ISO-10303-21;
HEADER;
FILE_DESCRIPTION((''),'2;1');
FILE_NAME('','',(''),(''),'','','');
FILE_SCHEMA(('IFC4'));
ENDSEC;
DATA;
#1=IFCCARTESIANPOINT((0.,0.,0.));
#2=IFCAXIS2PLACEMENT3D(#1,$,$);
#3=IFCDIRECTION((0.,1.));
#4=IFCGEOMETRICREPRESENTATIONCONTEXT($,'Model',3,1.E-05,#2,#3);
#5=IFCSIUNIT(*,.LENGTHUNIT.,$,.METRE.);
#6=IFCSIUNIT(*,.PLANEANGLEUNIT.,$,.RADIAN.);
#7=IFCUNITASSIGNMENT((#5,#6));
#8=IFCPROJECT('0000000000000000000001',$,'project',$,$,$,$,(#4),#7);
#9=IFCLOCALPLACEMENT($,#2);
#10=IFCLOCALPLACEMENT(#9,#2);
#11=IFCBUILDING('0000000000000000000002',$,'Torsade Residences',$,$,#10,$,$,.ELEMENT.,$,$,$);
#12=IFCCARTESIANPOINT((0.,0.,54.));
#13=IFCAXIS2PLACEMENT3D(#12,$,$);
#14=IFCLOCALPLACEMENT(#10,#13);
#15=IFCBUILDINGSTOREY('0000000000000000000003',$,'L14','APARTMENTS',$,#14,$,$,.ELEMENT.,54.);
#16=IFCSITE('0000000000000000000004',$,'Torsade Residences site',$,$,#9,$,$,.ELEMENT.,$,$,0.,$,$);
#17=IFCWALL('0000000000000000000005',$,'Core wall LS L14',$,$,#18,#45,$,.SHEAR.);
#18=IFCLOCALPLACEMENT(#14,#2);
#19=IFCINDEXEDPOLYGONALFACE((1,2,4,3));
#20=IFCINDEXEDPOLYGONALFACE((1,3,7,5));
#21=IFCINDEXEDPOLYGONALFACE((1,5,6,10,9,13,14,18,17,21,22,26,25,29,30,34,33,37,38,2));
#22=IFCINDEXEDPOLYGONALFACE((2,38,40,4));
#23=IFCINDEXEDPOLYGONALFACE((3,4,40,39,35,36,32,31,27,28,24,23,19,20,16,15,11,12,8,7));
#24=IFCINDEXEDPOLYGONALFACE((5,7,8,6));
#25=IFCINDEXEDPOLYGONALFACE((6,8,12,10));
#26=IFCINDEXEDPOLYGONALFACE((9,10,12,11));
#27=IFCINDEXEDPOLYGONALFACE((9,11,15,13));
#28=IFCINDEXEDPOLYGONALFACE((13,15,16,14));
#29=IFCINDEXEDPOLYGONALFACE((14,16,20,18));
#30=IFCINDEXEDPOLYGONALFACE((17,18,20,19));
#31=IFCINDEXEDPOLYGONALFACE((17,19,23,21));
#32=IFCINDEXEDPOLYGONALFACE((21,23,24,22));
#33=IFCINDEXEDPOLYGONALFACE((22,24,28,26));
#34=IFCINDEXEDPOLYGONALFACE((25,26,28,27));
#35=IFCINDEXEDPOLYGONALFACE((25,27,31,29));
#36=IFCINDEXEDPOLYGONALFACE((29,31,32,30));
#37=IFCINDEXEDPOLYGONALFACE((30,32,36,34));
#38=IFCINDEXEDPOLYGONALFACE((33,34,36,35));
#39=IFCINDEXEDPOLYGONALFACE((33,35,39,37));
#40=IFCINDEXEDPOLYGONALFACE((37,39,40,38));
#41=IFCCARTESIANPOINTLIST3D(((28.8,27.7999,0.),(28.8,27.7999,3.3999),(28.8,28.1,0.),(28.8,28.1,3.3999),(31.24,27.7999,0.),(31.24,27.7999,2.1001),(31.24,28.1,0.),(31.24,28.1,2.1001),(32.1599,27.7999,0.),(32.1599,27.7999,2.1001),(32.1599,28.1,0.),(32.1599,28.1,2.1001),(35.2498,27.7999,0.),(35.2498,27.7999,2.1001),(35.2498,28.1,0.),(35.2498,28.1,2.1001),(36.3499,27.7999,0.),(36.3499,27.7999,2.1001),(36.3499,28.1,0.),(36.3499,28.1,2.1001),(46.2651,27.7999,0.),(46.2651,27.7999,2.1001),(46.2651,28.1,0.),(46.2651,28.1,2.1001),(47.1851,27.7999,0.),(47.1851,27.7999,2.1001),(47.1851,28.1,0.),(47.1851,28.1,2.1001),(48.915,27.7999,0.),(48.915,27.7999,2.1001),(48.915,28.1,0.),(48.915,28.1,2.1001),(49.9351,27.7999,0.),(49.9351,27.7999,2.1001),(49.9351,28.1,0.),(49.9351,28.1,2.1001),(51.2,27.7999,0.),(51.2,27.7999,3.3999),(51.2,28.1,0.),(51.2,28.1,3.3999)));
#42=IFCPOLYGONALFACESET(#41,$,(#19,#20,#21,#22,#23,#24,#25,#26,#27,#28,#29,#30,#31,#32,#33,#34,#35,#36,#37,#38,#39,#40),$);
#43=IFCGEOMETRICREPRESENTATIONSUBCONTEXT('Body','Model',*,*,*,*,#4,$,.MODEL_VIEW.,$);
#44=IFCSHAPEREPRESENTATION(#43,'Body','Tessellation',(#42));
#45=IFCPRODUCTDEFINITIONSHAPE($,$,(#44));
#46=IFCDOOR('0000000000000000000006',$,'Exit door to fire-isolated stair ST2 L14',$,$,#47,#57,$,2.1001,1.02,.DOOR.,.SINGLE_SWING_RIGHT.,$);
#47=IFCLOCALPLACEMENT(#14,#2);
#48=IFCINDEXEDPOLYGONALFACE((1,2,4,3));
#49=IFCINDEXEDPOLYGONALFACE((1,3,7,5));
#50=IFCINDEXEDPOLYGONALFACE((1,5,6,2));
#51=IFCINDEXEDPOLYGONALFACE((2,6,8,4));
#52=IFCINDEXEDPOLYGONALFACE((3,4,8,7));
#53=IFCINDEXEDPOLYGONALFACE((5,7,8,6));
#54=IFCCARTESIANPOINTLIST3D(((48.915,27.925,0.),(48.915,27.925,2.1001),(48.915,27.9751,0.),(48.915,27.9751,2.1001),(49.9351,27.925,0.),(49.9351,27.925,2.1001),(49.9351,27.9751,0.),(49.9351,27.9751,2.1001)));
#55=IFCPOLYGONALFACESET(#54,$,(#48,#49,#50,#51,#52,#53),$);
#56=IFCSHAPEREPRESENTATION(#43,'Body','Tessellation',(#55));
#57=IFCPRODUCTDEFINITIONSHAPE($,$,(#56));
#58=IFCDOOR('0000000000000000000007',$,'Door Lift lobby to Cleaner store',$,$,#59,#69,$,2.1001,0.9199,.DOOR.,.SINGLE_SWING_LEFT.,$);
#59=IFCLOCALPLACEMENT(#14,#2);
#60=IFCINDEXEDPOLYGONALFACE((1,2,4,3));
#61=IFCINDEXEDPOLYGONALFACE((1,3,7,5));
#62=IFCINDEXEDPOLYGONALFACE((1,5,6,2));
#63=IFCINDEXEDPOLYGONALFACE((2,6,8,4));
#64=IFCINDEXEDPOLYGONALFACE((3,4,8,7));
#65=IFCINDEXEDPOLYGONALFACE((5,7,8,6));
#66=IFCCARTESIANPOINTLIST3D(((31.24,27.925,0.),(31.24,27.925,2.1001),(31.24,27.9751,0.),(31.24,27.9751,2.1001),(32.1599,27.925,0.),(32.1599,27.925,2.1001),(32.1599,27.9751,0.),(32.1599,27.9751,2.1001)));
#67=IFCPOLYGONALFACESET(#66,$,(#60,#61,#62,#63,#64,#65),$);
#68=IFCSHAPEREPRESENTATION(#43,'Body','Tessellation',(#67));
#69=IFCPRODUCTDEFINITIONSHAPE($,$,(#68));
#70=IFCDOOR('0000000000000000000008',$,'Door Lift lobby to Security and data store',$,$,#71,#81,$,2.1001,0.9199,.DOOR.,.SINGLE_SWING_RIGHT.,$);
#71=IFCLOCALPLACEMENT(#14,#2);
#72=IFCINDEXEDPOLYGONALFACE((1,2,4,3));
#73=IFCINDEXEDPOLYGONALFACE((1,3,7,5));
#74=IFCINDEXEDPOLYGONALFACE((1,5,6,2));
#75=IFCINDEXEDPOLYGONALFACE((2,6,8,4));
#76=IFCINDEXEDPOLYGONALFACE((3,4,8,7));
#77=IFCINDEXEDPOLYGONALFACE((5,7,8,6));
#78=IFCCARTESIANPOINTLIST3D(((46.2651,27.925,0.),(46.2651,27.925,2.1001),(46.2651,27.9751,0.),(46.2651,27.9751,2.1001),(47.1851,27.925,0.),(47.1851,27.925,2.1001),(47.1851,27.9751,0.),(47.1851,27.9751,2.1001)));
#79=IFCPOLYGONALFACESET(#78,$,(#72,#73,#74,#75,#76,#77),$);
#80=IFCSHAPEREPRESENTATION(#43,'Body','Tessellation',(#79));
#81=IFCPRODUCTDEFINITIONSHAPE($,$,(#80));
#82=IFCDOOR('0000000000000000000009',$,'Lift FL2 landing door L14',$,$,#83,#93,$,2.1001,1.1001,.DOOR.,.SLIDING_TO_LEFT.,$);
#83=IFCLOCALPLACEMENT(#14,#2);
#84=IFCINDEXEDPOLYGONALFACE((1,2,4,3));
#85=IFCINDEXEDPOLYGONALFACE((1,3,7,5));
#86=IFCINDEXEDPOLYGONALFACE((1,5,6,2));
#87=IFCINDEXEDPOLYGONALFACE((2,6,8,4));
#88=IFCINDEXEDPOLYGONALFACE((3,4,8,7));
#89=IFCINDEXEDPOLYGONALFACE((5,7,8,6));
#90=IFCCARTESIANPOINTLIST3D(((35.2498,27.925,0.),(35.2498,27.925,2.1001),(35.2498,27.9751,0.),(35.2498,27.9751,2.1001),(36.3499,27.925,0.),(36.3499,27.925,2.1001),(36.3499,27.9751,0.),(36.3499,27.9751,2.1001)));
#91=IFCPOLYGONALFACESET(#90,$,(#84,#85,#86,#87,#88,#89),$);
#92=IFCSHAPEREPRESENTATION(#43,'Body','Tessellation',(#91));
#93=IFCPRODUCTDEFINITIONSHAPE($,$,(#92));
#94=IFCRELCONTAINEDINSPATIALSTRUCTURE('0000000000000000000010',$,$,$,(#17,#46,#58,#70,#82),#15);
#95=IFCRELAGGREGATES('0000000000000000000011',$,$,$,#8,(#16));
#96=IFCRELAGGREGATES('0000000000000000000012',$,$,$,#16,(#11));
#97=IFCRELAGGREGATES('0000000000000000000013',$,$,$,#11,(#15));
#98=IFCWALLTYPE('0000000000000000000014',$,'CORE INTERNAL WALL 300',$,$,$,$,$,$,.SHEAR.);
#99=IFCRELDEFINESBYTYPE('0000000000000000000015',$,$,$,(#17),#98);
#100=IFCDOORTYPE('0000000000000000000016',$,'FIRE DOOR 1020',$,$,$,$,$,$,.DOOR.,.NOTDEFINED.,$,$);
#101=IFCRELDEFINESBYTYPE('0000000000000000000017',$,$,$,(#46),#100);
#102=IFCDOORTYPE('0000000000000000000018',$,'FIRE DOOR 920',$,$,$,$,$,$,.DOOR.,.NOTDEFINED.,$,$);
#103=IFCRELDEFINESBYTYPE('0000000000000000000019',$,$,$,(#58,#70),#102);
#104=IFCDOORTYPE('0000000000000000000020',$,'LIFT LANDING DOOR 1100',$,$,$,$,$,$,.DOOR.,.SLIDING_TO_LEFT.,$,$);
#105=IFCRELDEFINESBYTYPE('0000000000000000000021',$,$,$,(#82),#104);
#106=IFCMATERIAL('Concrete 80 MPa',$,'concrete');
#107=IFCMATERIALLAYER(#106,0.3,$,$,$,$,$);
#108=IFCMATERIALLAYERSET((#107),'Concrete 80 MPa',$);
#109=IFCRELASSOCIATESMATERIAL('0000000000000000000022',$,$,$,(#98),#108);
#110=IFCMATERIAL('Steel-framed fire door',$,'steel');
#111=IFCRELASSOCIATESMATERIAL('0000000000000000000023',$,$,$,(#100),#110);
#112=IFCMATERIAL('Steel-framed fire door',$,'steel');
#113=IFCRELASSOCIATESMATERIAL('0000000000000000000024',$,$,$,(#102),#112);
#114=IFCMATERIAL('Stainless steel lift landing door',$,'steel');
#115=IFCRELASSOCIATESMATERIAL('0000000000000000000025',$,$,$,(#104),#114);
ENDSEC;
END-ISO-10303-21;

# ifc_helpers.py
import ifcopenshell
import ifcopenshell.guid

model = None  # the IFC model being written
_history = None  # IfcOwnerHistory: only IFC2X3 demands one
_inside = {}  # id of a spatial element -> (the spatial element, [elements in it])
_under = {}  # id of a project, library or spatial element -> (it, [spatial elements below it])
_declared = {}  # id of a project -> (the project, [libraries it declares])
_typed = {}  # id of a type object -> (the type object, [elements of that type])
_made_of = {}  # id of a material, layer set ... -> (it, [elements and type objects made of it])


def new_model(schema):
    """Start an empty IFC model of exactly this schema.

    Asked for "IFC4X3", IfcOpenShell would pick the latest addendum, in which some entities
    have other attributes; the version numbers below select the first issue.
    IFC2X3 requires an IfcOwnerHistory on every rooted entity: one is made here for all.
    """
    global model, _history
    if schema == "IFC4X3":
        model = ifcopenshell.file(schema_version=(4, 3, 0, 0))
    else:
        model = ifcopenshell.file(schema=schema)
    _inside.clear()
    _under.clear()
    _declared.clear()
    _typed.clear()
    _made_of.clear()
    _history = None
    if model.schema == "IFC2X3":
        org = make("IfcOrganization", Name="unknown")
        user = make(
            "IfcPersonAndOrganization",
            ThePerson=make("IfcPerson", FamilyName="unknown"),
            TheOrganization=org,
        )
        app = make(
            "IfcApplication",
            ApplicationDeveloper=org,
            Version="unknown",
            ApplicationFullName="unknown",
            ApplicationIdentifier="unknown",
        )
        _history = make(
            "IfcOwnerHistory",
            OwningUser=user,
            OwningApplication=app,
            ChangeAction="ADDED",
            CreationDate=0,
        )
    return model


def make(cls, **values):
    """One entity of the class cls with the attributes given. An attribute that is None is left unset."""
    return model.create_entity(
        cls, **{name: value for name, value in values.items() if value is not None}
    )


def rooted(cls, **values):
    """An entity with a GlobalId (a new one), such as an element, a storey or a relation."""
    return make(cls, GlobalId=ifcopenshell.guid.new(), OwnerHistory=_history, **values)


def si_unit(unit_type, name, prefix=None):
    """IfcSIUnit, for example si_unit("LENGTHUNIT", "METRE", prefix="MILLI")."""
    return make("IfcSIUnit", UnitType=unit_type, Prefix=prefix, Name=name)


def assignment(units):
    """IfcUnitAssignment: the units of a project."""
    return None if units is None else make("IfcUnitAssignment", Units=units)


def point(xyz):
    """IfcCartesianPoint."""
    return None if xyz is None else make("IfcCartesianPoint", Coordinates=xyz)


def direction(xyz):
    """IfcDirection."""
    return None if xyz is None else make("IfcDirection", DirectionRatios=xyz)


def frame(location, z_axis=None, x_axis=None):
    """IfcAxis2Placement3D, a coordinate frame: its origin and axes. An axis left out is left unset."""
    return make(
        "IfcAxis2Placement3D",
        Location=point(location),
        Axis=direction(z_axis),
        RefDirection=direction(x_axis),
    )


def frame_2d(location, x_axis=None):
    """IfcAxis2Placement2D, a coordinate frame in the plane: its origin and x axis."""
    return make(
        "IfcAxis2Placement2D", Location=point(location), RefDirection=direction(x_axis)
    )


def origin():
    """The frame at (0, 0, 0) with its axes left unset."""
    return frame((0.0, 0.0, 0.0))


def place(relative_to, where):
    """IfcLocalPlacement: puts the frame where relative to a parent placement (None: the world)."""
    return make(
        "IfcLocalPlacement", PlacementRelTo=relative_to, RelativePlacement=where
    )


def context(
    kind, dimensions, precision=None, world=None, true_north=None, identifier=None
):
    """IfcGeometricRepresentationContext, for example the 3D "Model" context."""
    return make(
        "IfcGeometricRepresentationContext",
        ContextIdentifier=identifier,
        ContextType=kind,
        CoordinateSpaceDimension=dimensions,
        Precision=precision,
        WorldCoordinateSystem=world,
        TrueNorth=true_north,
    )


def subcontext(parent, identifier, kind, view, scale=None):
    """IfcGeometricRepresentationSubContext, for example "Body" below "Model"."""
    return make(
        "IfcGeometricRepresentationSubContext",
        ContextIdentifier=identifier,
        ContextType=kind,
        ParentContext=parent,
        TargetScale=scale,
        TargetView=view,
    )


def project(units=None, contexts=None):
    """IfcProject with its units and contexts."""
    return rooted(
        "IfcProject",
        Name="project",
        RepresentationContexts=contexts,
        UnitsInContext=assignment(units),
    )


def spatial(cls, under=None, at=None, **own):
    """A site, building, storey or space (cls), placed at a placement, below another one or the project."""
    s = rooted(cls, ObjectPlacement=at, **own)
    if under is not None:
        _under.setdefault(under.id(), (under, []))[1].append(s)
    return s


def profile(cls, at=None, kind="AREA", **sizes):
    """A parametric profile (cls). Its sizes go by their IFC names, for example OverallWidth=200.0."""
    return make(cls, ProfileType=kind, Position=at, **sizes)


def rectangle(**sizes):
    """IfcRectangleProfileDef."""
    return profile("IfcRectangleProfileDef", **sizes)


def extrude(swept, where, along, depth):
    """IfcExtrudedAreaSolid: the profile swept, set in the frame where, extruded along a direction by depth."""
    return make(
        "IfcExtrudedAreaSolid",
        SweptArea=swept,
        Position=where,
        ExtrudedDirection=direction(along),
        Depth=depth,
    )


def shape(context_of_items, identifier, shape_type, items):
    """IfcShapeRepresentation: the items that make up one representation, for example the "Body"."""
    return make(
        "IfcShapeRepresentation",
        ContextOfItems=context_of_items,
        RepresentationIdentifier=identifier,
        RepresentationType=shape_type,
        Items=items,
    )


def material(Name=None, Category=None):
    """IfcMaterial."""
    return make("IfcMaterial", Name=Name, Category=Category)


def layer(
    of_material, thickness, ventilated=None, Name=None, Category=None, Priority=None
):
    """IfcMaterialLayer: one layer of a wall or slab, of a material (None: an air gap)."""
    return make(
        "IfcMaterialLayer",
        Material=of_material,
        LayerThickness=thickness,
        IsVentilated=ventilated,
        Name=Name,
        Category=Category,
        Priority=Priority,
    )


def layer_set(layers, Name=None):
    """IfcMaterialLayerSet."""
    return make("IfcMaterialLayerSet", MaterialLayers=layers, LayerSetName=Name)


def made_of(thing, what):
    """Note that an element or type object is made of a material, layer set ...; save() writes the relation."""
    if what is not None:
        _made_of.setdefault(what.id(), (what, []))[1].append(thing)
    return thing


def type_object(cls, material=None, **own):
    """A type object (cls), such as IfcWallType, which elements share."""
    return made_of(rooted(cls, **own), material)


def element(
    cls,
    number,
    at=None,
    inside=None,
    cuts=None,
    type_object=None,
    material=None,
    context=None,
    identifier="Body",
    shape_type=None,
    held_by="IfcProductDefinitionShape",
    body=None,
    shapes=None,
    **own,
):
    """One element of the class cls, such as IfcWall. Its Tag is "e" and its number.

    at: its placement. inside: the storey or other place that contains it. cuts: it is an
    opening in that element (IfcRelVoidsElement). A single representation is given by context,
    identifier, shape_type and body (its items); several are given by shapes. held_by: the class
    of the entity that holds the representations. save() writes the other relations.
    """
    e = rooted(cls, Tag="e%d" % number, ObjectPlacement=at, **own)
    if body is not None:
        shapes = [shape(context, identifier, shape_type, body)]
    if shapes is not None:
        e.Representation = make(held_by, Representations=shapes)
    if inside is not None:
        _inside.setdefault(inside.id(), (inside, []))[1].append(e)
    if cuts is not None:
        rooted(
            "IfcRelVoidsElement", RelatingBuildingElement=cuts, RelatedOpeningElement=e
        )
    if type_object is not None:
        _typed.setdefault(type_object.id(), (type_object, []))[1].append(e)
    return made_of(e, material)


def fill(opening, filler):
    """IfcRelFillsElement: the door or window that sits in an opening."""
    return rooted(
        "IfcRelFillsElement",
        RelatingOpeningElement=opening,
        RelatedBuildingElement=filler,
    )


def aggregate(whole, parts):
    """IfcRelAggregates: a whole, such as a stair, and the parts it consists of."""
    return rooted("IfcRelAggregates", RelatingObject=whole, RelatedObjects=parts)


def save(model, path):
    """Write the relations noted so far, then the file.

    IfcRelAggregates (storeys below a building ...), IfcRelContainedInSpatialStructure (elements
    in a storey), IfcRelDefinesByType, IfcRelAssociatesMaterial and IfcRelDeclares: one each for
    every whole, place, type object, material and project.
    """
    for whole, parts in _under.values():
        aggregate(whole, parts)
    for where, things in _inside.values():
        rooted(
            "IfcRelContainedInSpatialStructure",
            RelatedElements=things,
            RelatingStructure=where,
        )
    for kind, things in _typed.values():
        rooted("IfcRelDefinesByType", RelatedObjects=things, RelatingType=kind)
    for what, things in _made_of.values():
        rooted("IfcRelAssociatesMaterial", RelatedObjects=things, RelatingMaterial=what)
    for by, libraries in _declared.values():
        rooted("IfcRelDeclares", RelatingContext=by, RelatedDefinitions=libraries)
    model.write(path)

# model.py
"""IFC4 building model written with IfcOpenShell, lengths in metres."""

from ifc_helpers import new_model, si_unit, direction, frame, frame_2d, origin, place, context, subcontext, project, spatial, rectangle, extrude, material, layer, layer_set, type_object, element, fill, save


model = new_model("IFC4")

# Units and contexts
model_context = context("Model", 3, precision=1e-05, world=origin(), true_north=direction((0.0, 1.0)))
body_context = subcontext(model_context, "Body", "Model", "MODEL_VIEW")
ifc_project = project(units=[si_unit("LENGTHUNIT", "METRE"), si_unit("PLANEANGLEUNIT", "RADIAN")], contexts=[model_context])

# Site, building, storey
site_placement = place(None, origin())
site = spatial("IfcSite", under=ifc_project, at=site_placement, Name="Torsade Residences site", CompositionType="ELEMENT", RefElevation=0.0)
building_placement = place(site_placement, origin())
building = spatial("IfcBuilding", under=site, at=building_placement, Name="Torsade Residences", CompositionType="ELEMENT")
storey_placement = place(building_placement, frame((0.0, 0.0, 54.0)))
storey = spatial("IfcBuildingStorey", under=building, at=storey_placement, Name="L14", Description="APARTMENTS", CompositionType="ELEMENT", Elevation=54.0)

# Wall, openings, doors
ifc_material_1 = material(Name="Concrete 80 MPa", Category="concrete")
ifc_layer_1 = layer(ifc_material_1, 0.3)
ifc_layer_set_1 = layer_set([ifc_layer_1], Name="Concrete 80 MPa")
wall_type_1 = type_object("IfcWallType", Name="CORE INTERNAL WALL 300", PredefinedType="SHEAR", material=ifc_layer_set_1)
wall_1_placement = place(storey_placement, frame((51.2, 27.95, 0.0), z_axis=(0.0, 0.0, 1.0), x_axis=(-1.0, 0.0, 0.0)))
wall_1 = element("IfcWall", 1, at=wall_1_placement, inside=storey, type_object=wall_type_1, Name="Core wall LS L14", PredefinedType="SHEAR", context=body_context, shape_type="SweptSolid", body=[
    extrude(rectangle(XDim=22.3999, YDim=0.3, at=frame_2d((11.2, 0.0))), origin(), (0.0, 0.0, 1.0), 3.3999),
])
opening_1_placement = place(wall_1_placement, frame((19.04, 0.0, 0.0)))
opening_1 = element("IfcOpeningElement", 2, at=opening_1_placement, cuts=wall_1, PredefinedType="OPENING", context=body_context, shape_type="SweptSolid", body=[
    extrude(rectangle(XDim=0.9199, YDim=2.1001, at=frame_2d((0.46, 1.05))), frame((0.0, 0.1599, 0.0), z_axis=(0.0, -1.0, 0.0), x_axis=(1.0, 0.0, 0.0)), (0.0, 0.0, 1.0), 0.3201),
])
opening_2_placement = place(wall_1_placement, frame((1.2649, 0.0, 0.0)))
opening_2 = element("IfcOpeningElement", 3, at=opening_2_placement, cuts=wall_1, PredefinedType="OPENING", context=body_context, shape_type="SweptSolid", body=[
    extrude(rectangle(XDim=1.02, YDim=2.1001, at=frame_2d((0.51, 1.05))), frame((0.0, 0.1599, 0.0), z_axis=(0.0, -1.0, 0.0), x_axis=(1.0, 0.0, 0.0)), (0.0, 0.0, 1.0), 0.3201),
])
opening_3_placement = place(wall_1_placement, frame((4.0149, 0.0, 0.0)))
opening_3 = element("IfcOpeningElement", 4, at=opening_3_placement, cuts=wall_1, PredefinedType="OPENING", context=body_context, shape_type="SweptSolid", body=[
    extrude(rectangle(XDim=0.9199, YDim=2.1001, at=frame_2d((0.46, 1.05))), frame((0.0, 0.1599, 0.0), z_axis=(0.0, -1.0, 0.0), x_axis=(1.0, 0.0, 0.0)), (0.0, 0.0, 1.0), 0.3201),
])
opening_4_placement = place(wall_1_placement, frame((14.8501, 0.0, 0.0)))
opening_4 = element("IfcOpeningElement", 5, at=opening_4_placement, cuts=wall_1, PredefinedType="OPENING", context=body_context, shape_type="SweptSolid", body=[
    extrude(rectangle(XDim=1.1001, YDim=2.1001, at=frame_2d((0.55, 1.05))), frame((0.0, 0.1599, 0.0), z_axis=(0.0, -1.0, 0.0), x_axis=(1.0, 0.0, 0.0)), (0.0, 0.0, 1.0), 0.3201),
])
ifc_material_2 = material(Name="Steel-framed fire door", Category="steel")
door_type_1 = type_object("IfcDoorType", Name="FIRE DOOR 1020", OperationType="NOTDEFINED", PredefinedType="DOOR", material=ifc_material_2)
door_1_placement = place(opening_2_placement, origin())
door_1 = element("IfcDoor", 6, at=door_1_placement, inside=storey, type_object=door_type_1, Name="Exit door to fire-isolated stair ST2 L14", OperationType="SINGLE_SWING_RIGHT", OverallHeight=2.1001, OverallWidth=1.02, PredefinedType="DOOR", context=body_context, shape_type="SweptSolid", body=[
    extrude(rectangle(XDim=1.02, YDim=2.1001, at=frame_2d((0.51, 1.05))), frame((0.0, 0.0249, 0.0), z_axis=(0.0, -1.0, 0.0), x_axis=(1.0, 0.0, 0.0)), (0.0, 0.0, 1.0), 0.05),
])
fill(opening_2, door_1)
ifc_material_3 = material(Name="Steel-framed fire door", Category="steel")
door_type_2 = type_object("IfcDoorType", Name="FIRE DOOR 920", OperationType="NOTDEFINED", PredefinedType="DOOR", material=ifc_material_3)
door_2_placement = place(opening_1_placement, origin())
door_2 = element("IfcDoor", 7, at=door_2_placement, inside=storey, type_object=door_type_2, Name="Door Lift lobby to Cleaner store", OperationType="SINGLE_SWING_LEFT", OverallHeight=2.1001, OverallWidth=0.9199, PredefinedType="DOOR", context=body_context, shape_type="SweptSolid", body=[
    extrude(rectangle(XDim=0.9199, YDim=2.1001, at=frame_2d((0.46, 1.05))), frame((0.0, 0.0249, 0.0), z_axis=(0.0, -1.0, 0.0), x_axis=(1.0, 0.0, 0.0)), (0.0, 0.0, 1.0), 0.05),
])
fill(opening_1, door_2)
door_3_placement = place(opening_3_placement, origin())
door_3 = element("IfcDoor", 8, at=door_3_placement, inside=storey, type_object=door_type_2, Name="Door Lift lobby to Security and data store", OperationType="SINGLE_SWING_RIGHT", OverallHeight=2.1001, OverallWidth=0.9199, PredefinedType="DOOR", context=body_context, shape_type="SweptSolid", body=[
    extrude(rectangle(XDim=0.9199, YDim=2.1001, at=frame_2d((0.46, 1.05))), frame((0.0, 0.0249, 0.0), z_axis=(0.0, -1.0, 0.0), x_axis=(1.0, 0.0, 0.0)), (0.0, 0.0, 1.0), 0.05),
])
fill(opening_3, door_3)
ifc_material_4 = material(Name="Stainless steel lift landing door", Category="steel")
door_type_3 = type_object("IfcDoorType", Name="LIFT LANDING DOOR 1100", OperationType="SLIDING_TO_LEFT", PredefinedType="DOOR", material=ifc_material_4)
door_4_placement = place(opening_4_placement, origin())
door_4 = element("IfcDoor", 9, at=door_4_placement, inside=storey, type_object=door_type_3, Name="Lift FL2 landing door L14", OperationType="SLIDING_TO_LEFT", OverallHeight=2.1001, OverallWidth=1.1001, PredefinedType="DOOR", context=body_context, shape_type="SweptSolid", body=[
    extrude(rectangle(XDim=1.1001, YDim=2.1001, at=frame_2d((0.55, 1.05))), frame((0.0, 0.0249, 0.0), z_axis=(0.0, -1.0, 0.0), x_axis=(1.0, 0.0, 0.0)), (0.0, 0.0, 1.0), 0.05),
])
fill(opening_4, door_4)

save(model, "model.ifc")
